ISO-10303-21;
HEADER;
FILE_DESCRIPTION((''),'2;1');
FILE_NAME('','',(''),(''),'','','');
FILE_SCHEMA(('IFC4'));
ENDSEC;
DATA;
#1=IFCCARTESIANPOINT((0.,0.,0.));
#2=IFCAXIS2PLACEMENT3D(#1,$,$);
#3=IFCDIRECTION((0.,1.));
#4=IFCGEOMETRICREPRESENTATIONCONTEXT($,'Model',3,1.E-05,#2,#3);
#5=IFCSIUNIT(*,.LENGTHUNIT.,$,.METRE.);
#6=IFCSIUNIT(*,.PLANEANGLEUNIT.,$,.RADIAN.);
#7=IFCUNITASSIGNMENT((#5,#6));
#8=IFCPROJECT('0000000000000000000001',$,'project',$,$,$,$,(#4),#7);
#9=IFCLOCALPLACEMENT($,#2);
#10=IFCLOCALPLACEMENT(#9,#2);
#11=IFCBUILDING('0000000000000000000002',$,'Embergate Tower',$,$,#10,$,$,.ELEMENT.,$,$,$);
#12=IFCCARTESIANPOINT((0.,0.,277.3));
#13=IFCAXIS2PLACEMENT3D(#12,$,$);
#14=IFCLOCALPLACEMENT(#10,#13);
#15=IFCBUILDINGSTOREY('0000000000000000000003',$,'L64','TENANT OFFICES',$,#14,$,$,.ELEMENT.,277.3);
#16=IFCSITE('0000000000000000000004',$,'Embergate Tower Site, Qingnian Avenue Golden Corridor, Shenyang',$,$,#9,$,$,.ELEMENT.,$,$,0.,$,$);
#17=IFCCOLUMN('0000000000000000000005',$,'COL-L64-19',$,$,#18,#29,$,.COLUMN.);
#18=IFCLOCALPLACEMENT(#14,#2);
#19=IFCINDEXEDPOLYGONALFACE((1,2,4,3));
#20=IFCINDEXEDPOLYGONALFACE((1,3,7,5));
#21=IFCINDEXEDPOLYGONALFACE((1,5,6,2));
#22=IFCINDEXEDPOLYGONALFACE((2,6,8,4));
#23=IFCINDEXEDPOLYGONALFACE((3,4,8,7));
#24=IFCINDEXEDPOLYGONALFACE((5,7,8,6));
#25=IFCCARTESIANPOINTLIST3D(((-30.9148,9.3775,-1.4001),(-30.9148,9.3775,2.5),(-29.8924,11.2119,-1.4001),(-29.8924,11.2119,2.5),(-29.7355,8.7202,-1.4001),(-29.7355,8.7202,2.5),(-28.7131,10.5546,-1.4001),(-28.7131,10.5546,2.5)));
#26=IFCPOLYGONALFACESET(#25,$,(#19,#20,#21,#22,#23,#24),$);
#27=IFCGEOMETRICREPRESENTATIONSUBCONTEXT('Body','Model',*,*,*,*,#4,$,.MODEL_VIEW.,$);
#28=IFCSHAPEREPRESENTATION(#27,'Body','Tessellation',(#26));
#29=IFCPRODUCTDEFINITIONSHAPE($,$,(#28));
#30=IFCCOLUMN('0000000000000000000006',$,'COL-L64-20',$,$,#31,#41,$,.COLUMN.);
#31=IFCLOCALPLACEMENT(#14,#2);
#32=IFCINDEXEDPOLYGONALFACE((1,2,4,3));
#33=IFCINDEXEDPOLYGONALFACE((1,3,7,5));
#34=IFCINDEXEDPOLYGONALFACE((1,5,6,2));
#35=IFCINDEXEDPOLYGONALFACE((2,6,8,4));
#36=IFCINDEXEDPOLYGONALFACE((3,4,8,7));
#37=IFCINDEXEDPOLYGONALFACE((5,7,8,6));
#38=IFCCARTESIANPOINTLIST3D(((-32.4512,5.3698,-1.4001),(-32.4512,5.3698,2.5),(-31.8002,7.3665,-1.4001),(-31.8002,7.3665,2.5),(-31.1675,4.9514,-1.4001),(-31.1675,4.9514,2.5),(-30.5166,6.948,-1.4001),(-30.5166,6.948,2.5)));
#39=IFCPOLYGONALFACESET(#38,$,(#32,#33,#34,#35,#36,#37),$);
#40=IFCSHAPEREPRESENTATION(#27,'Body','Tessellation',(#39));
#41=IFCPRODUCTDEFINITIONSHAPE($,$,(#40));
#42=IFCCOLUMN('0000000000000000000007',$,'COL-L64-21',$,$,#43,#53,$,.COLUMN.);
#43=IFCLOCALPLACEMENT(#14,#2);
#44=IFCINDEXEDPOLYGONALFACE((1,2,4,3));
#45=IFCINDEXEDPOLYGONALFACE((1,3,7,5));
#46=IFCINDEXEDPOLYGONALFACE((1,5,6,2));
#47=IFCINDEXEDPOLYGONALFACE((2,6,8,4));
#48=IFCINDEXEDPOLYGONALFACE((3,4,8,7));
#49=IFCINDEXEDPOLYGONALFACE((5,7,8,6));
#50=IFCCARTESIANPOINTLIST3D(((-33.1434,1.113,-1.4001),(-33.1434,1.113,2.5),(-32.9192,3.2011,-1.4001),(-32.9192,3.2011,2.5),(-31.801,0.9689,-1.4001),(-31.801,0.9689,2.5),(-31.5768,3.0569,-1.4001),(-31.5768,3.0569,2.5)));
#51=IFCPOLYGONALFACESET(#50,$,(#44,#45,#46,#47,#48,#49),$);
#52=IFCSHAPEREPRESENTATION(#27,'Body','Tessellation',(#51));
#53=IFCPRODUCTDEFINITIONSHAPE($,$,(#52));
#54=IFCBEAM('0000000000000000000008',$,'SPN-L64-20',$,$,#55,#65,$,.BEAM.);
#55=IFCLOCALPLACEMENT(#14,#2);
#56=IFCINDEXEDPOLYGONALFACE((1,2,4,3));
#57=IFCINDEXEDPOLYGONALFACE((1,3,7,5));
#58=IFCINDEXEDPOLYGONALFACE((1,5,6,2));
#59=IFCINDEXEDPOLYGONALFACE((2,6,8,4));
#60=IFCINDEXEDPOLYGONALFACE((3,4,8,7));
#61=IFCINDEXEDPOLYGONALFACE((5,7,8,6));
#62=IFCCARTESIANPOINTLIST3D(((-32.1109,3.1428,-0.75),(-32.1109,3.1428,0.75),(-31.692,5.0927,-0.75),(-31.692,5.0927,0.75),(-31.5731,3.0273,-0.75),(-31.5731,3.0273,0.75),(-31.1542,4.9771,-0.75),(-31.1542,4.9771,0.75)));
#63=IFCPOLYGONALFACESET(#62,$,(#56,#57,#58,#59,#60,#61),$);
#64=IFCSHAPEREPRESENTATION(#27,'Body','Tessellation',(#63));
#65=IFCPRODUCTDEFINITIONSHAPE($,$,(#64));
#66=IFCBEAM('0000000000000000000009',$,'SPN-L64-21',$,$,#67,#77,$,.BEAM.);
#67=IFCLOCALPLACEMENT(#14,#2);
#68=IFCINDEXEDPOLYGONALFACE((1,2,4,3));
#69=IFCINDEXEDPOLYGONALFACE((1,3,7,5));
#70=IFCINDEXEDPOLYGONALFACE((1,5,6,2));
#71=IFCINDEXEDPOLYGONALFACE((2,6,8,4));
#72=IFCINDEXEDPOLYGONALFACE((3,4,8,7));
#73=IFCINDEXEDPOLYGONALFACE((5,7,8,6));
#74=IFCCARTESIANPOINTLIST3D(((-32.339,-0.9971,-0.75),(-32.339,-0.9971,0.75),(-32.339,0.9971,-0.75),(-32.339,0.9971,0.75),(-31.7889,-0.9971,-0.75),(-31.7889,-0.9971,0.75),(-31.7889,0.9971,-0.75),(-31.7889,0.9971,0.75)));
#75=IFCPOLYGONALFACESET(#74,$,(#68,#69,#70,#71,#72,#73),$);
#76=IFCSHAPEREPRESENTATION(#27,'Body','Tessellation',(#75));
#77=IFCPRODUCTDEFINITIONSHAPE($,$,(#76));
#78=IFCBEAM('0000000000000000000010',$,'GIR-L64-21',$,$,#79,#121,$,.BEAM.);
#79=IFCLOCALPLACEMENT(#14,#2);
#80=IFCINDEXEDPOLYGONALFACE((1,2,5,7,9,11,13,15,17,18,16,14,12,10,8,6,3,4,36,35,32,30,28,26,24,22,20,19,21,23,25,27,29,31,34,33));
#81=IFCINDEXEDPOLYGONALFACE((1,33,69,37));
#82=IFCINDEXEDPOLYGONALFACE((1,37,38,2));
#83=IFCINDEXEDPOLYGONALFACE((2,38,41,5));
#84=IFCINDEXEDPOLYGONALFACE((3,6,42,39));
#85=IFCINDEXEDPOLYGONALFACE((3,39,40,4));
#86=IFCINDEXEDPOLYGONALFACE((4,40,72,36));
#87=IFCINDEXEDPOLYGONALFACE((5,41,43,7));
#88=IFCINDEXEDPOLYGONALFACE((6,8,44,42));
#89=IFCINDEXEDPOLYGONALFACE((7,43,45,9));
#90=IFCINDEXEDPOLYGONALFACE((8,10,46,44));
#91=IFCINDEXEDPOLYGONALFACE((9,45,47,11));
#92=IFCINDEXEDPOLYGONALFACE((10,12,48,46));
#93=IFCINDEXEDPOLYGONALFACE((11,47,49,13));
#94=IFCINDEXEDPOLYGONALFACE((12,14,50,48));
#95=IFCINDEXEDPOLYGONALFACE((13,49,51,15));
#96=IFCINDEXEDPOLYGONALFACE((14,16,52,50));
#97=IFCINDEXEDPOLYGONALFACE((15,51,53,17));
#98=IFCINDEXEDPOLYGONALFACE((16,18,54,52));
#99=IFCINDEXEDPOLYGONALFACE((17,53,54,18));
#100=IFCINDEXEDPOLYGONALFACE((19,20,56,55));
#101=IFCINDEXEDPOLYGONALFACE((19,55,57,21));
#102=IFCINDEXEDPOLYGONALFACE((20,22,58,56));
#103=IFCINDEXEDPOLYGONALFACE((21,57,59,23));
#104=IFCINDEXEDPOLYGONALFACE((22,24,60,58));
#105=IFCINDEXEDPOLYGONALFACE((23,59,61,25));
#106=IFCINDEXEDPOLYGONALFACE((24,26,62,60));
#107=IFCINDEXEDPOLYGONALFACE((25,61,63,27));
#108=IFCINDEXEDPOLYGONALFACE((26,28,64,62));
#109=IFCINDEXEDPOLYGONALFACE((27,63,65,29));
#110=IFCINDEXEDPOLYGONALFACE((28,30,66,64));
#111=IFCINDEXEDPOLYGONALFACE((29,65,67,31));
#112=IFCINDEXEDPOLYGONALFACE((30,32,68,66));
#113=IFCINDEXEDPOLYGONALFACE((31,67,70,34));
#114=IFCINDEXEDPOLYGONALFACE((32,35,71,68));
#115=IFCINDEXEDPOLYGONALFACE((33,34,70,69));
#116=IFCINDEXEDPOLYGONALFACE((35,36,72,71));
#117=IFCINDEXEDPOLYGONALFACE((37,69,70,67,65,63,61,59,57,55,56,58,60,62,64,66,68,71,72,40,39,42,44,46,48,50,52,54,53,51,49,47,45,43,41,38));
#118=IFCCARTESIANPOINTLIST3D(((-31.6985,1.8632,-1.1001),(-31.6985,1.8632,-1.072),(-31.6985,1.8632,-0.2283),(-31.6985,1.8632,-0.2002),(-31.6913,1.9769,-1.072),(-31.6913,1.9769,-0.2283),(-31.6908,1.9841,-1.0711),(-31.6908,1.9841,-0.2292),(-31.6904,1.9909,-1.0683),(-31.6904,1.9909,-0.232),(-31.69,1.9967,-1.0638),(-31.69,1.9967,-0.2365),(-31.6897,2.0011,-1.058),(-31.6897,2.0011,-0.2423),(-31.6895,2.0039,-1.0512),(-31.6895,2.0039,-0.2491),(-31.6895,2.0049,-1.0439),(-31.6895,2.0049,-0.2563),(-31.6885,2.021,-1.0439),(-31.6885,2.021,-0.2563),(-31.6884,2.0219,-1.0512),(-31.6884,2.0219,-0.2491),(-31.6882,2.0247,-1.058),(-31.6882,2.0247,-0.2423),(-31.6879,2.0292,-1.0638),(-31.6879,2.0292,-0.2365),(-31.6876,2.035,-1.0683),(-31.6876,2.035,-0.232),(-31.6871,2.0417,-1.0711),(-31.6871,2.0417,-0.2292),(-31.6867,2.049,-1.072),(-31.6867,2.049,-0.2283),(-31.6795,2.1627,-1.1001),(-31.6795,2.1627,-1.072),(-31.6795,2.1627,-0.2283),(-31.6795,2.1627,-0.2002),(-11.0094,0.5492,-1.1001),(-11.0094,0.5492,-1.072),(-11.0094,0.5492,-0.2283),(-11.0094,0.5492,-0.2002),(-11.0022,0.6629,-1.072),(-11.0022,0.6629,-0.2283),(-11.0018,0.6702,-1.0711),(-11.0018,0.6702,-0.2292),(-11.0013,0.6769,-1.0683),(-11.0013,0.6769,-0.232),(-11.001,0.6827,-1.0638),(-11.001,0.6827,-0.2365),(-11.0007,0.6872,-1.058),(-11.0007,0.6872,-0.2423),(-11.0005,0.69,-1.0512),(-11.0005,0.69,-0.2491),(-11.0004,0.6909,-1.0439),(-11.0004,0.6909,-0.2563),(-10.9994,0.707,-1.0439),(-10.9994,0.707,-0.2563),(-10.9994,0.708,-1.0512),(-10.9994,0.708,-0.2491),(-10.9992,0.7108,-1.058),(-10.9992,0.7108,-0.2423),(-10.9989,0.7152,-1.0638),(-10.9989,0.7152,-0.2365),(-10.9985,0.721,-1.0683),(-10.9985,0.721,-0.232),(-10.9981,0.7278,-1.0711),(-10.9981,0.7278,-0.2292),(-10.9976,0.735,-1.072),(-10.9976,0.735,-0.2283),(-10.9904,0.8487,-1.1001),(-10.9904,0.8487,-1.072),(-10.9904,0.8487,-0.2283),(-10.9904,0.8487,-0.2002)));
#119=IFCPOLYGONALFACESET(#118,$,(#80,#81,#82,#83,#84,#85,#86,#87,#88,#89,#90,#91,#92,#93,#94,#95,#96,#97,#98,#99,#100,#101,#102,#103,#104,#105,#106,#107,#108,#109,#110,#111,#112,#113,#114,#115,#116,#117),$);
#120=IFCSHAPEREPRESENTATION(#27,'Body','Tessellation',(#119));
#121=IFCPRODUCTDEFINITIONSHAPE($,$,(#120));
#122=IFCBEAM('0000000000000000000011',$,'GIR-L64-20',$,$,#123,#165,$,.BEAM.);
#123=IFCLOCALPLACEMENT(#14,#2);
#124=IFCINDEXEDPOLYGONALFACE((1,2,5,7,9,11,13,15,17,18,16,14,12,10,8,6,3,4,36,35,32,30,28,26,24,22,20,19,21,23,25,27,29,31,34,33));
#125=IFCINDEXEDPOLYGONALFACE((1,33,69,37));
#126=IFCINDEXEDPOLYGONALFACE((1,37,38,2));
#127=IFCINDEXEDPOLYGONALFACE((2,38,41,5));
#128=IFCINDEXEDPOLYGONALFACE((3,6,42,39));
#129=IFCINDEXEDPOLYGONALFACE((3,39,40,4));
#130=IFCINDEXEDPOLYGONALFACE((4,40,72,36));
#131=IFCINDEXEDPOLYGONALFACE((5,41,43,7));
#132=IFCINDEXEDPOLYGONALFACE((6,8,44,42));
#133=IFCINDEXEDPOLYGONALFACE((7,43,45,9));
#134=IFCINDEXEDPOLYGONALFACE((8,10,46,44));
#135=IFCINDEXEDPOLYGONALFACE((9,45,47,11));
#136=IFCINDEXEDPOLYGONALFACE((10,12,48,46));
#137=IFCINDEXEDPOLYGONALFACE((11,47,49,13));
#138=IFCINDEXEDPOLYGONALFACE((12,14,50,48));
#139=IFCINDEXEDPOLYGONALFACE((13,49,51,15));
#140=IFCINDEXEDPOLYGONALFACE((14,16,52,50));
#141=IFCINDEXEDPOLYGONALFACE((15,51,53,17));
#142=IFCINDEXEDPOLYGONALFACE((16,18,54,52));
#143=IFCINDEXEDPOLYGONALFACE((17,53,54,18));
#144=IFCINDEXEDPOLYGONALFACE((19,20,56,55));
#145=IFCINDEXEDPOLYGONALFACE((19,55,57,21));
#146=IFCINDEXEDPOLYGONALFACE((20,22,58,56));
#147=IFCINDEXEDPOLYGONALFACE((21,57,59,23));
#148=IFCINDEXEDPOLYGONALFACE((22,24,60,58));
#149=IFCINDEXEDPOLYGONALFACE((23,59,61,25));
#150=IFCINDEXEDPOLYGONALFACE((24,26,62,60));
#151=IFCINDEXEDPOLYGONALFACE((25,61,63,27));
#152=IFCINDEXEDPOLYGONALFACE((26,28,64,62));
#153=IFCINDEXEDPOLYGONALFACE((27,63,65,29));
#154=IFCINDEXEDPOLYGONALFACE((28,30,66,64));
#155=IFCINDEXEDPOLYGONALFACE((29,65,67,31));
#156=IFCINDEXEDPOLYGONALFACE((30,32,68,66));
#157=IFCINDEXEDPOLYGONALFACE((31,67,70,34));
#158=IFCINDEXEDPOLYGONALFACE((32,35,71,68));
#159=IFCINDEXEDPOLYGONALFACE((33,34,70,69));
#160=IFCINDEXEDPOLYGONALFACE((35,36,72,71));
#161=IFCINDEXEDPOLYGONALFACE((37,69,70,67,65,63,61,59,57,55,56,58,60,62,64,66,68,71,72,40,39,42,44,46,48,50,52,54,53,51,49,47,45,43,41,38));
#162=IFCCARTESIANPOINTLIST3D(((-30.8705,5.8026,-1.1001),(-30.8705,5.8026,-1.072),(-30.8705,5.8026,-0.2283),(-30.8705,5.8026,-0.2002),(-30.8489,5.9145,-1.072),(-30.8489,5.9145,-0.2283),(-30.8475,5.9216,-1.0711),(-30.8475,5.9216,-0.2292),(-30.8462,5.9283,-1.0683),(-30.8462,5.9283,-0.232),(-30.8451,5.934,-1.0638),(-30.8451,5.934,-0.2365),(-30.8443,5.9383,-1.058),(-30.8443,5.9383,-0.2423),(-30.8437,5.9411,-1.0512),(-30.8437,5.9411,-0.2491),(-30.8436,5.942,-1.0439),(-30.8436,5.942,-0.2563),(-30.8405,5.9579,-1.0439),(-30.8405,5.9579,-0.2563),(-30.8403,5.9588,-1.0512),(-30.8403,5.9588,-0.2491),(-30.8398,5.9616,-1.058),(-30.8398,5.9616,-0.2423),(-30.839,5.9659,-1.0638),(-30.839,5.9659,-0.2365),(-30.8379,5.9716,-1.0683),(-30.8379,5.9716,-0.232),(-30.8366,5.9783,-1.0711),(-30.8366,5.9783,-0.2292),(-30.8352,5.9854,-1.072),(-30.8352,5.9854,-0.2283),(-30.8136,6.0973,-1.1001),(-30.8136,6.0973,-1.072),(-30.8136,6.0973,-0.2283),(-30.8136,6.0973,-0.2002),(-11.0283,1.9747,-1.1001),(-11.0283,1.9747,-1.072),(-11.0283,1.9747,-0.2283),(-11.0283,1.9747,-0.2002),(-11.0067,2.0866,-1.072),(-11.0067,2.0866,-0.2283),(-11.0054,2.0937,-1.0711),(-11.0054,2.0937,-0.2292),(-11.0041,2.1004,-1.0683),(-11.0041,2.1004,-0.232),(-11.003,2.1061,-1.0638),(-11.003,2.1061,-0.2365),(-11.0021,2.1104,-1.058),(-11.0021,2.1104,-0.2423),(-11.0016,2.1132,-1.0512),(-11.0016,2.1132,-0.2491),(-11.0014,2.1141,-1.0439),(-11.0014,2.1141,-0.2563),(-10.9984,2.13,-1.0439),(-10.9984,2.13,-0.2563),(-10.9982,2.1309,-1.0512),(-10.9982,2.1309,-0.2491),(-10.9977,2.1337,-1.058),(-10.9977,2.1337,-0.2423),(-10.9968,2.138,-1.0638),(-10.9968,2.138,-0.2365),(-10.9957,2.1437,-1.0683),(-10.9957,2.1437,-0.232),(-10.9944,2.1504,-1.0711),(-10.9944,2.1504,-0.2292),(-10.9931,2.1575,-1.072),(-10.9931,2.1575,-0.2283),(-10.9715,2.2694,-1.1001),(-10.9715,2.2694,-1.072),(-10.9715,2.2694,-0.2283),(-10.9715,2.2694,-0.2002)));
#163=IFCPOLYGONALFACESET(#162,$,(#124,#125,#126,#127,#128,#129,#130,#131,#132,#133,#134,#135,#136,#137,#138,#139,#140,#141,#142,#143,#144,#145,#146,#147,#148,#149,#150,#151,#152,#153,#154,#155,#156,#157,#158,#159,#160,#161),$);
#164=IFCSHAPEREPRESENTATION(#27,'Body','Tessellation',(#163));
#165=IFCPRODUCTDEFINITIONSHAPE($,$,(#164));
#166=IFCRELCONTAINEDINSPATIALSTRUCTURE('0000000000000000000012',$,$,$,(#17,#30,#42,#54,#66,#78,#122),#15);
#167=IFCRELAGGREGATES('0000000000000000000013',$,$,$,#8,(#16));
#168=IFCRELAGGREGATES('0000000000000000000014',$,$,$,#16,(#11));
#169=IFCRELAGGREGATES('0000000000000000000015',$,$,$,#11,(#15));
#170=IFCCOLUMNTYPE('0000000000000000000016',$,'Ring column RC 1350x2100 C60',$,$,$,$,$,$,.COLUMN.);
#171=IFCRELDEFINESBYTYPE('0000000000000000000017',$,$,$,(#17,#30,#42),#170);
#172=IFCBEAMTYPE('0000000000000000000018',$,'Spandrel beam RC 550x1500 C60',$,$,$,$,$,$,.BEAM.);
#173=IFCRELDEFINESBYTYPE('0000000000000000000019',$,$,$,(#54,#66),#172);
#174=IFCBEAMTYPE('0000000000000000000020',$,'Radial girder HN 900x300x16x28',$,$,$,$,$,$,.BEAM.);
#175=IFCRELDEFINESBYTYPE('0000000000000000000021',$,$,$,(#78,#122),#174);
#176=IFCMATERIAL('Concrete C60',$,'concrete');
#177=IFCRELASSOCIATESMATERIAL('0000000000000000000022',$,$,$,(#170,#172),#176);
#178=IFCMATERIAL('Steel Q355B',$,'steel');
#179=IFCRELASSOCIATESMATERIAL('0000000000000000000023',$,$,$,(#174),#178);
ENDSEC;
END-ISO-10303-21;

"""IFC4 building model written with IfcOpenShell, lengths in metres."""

from ifc_helpers import new_model, si_unit, direction, frame, origin, origin_2d, place, context, subcontext, project, spatial, rectangle, i_section, extrude, source, transform, mapped, material, material_profile, profile_set, type_object, element, save


model = new_model("IFC4")

# Units and contexts
model_context = context("Model", 3, precision=1e-05, world=origin(), true_north=direction((0.0, 1.0)))
body_context = subcontext(model_context, "Body", "Model", "MODEL_VIEW")
ifc_project = project(units=[si_unit("LENGTHUNIT", "METRE"), si_unit("PLANEANGLEUNIT", "RADIAN")], contexts=[model_context])

# Site, building, storey
site_placement = place(None, origin())
site = spatial("IfcSite", under=ifc_project, at=site_placement, Name="Embergate Tower Site, Qingnian Avenue Golden Corridor, Shenyang", CompositionType="ELEMENT", RefElevation=0.0)
building_placement = place(site_placement, origin())
building = spatial("IfcBuilding", under=site, at=building_placement, Name="Embergate Tower", CompositionType="ELEMENT")
storey_placement = place(building_placement, frame((0.0, 0.0, 277.3)))
storey = spatial("IfcBuildingStorey", under=building, at=storey_placement, Name="L64", Description="TENANT OFFICES", CompositionType="ELEMENT", Elevation=277.3)

# Columns
ifc_material_1 = material(Name="Concrete C60", Category="concrete")
ifc_material_profile_1 = material_profile(ifc_material_1, rectangle(XDim=1.3501, YDim=2.1001, at=origin_2d()), Name="RC 1350x2100")
ifc_profile_set_1 = profile_set([ifc_material_profile_1], Name="Concrete C60")
column_type = type_object("IfcColumnType", Name="Ring column RC 1350x2100 C60", PredefinedType="COLUMN", material=ifc_profile_set_1)
shared_shape_1 = source(origin(), body_context, "Body", "SweptSolid", [
    extrude(rectangle(XDim=1.3501, YDim=2.1001, at=origin_2d()), origin(), (0.0, 0.0, 1.0), 3.9001),
])
for number, where, z_axis, x_axis, name in (
    (1, (-29.814, 9.9661, -1.4001), (0.0, 0.0, 1.0), (-0.873492, 0.486839, 0.0), "COL-L64-19"),
    (2, (-31.4839, 6.1589, -1.4001), (0.0, 0.0, 1.0), (-0.950754, 0.309946, 0.0), "COL-L64-20"),
    (3, (-32.3601, 2.085, -1.4001), (0.0, 0.0, 1.0), (-0.994286, 0.10675, 0.0), "COL-L64-21"),
):
    element("IfcColumn", number, at=place(storey_placement, frame(where, z_axis=z_axis, x_axis=x_axis)), inside=storey, type_object=column_type, Name=name, PredefinedType="COLUMN", context=body_context, shape_type="MappedRepresentation", body=[
        mapped(shared_shape_1, transform((0.0, 0.0, 0.0))),
    ])

# Beams
ifc_material_profile_2 = material_profile(ifc_material_1, rectangle(XDim=0.55, YDim=1.5, at=origin_2d()), Name="RC 550x1500")
ifc_profile_set_2 = profile_set([ifc_material_profile_2], Name="Concrete C60")
beam_type_1 = type_object("IfcBeamType", Name="Spandrel beam RC 550x1500 C60", PredefinedType="BEAM", material=ifc_profile_set_2)
shared_shape_2 = source(origin(), body_context, "Body", "SweptSolid", [
    extrude(rectangle(XDim=0.55, YDim=1.5, at=origin_2d()), origin(), (0.0, 0.0, 1.0), 1.9944),
])
beam_1_placement = place(storey_placement, frame((-31.4231, 5.0349, 0.0), z_axis=(-0.210056, -0.977689, 0.0), x_axis=(0.977689, -0.210056, 0.0)))
element("IfcBeam", 4, at=beam_1_placement, inside=storey, type_object=beam_type_1, Name="SPN-L64-20", PredefinedType="BEAM", context=body_context, shape_type="MappedRepresentation", body=[
    mapped(shared_shape_2, transform((0.0, 0.0, 0.0))),
])
shared_shape_3 = source(origin(), body_context, "Body", "SweptSolid", [
    extrude(rectangle(XDim=0.55, YDim=1.5, at=origin_2d()), origin(), (0.0, 0.0, 1.0), 1.9941),
])
beam_2_placement = place(storey_placement, frame((-32.064, 0.9971, 0.0), z_axis=(0.0, -1.0, 0.0), x_axis=(1.0, 0.0, 0.0)))
element("IfcBeam", 5, at=beam_2_placement, inside=storey, type_object=beam_type_1, Name="SPN-L64-21", PredefinedType="BEAM", context=body_context, shape_type="MappedRepresentation", body=[
    mapped(shared_shape_3, transform((0.0, 0.0, 0.0))),
])
ifc_material_2 = material(Name="Steel Q355B", Category="steel")
ifc_material_profile_3 = material_profile(ifc_material_2, i_section(OverallWidth=0.3, OverallDepth=0.8999, WebThickness=0.0161, FlangeThickness=0.0281, FilletRadius=0.0281, at=origin_2d()), Name="HN 900x300x16x28")
ifc_profile_set_3 = profile_set([ifc_material_profile_3], Name="Steel Q355 grade B")
beam_type_2 = type_object("IfcBeamType", Name="Radial girder HN 900x300x16x28", PredefinedType="BEAM", material=ifc_profile_set_3)
shared_shape_4 = source(origin(), body_context, "Body", "SweptSolid", [
    extrude(i_section(OverallWidth=0.3, OverallDepth=0.8999, WebThickness=0.0161, FlangeThickness=0.0281, FilletRadius=0.0281, at=origin_2d()), origin(), (0.0, 0.0, 1.0), 20.7307),
])
beam_3_placement = place(storey_placement, frame((-31.689, 2.0129, -0.6501), z_axis=(0.997989, -0.063383, 0.0), x_axis=(0.063383, 0.997989, 0.0)))
element("IfcBeam", 6, at=beam_3_placement, inside=storey, type_object=beam_type_2, Name="GIR-L64-21", PredefinedType="BEAM", context=body_context, shape_type="MappedRepresentation", body=[
    mapped(shared_shape_4, transform((0.0, 0.0, 0.0))),
])
shared_shape_5 = source(origin(), body_context, "Body", "SweptSolid", [
    extrude(i_section(OverallWidth=0.3, OverallDepth=0.8999, WebThickness=0.0161, FlangeThickness=0.0281, FilletRadius=0.0281, at=origin_2d()), origin(), (0.0, 0.0, 1.0), 20.208),
])
beam_4_placement = place(storey_placement, frame((-30.842, 5.95, -0.6501), z_axis=(0.981895, -0.189425, 0.0), x_axis=(0.189425, 0.981895, 0.0)))
element("IfcBeam", 7, at=beam_4_placement, inside=storey, type_object=beam_type_2, Name="GIR-L64-20", PredefinedType="BEAM", context=body_context, shape_type="MappedRepresentation", body=[
    mapped(shared_shape_5, transform((0.0, 0.0, 0.0))),
])

save(model, "model.ifc")
